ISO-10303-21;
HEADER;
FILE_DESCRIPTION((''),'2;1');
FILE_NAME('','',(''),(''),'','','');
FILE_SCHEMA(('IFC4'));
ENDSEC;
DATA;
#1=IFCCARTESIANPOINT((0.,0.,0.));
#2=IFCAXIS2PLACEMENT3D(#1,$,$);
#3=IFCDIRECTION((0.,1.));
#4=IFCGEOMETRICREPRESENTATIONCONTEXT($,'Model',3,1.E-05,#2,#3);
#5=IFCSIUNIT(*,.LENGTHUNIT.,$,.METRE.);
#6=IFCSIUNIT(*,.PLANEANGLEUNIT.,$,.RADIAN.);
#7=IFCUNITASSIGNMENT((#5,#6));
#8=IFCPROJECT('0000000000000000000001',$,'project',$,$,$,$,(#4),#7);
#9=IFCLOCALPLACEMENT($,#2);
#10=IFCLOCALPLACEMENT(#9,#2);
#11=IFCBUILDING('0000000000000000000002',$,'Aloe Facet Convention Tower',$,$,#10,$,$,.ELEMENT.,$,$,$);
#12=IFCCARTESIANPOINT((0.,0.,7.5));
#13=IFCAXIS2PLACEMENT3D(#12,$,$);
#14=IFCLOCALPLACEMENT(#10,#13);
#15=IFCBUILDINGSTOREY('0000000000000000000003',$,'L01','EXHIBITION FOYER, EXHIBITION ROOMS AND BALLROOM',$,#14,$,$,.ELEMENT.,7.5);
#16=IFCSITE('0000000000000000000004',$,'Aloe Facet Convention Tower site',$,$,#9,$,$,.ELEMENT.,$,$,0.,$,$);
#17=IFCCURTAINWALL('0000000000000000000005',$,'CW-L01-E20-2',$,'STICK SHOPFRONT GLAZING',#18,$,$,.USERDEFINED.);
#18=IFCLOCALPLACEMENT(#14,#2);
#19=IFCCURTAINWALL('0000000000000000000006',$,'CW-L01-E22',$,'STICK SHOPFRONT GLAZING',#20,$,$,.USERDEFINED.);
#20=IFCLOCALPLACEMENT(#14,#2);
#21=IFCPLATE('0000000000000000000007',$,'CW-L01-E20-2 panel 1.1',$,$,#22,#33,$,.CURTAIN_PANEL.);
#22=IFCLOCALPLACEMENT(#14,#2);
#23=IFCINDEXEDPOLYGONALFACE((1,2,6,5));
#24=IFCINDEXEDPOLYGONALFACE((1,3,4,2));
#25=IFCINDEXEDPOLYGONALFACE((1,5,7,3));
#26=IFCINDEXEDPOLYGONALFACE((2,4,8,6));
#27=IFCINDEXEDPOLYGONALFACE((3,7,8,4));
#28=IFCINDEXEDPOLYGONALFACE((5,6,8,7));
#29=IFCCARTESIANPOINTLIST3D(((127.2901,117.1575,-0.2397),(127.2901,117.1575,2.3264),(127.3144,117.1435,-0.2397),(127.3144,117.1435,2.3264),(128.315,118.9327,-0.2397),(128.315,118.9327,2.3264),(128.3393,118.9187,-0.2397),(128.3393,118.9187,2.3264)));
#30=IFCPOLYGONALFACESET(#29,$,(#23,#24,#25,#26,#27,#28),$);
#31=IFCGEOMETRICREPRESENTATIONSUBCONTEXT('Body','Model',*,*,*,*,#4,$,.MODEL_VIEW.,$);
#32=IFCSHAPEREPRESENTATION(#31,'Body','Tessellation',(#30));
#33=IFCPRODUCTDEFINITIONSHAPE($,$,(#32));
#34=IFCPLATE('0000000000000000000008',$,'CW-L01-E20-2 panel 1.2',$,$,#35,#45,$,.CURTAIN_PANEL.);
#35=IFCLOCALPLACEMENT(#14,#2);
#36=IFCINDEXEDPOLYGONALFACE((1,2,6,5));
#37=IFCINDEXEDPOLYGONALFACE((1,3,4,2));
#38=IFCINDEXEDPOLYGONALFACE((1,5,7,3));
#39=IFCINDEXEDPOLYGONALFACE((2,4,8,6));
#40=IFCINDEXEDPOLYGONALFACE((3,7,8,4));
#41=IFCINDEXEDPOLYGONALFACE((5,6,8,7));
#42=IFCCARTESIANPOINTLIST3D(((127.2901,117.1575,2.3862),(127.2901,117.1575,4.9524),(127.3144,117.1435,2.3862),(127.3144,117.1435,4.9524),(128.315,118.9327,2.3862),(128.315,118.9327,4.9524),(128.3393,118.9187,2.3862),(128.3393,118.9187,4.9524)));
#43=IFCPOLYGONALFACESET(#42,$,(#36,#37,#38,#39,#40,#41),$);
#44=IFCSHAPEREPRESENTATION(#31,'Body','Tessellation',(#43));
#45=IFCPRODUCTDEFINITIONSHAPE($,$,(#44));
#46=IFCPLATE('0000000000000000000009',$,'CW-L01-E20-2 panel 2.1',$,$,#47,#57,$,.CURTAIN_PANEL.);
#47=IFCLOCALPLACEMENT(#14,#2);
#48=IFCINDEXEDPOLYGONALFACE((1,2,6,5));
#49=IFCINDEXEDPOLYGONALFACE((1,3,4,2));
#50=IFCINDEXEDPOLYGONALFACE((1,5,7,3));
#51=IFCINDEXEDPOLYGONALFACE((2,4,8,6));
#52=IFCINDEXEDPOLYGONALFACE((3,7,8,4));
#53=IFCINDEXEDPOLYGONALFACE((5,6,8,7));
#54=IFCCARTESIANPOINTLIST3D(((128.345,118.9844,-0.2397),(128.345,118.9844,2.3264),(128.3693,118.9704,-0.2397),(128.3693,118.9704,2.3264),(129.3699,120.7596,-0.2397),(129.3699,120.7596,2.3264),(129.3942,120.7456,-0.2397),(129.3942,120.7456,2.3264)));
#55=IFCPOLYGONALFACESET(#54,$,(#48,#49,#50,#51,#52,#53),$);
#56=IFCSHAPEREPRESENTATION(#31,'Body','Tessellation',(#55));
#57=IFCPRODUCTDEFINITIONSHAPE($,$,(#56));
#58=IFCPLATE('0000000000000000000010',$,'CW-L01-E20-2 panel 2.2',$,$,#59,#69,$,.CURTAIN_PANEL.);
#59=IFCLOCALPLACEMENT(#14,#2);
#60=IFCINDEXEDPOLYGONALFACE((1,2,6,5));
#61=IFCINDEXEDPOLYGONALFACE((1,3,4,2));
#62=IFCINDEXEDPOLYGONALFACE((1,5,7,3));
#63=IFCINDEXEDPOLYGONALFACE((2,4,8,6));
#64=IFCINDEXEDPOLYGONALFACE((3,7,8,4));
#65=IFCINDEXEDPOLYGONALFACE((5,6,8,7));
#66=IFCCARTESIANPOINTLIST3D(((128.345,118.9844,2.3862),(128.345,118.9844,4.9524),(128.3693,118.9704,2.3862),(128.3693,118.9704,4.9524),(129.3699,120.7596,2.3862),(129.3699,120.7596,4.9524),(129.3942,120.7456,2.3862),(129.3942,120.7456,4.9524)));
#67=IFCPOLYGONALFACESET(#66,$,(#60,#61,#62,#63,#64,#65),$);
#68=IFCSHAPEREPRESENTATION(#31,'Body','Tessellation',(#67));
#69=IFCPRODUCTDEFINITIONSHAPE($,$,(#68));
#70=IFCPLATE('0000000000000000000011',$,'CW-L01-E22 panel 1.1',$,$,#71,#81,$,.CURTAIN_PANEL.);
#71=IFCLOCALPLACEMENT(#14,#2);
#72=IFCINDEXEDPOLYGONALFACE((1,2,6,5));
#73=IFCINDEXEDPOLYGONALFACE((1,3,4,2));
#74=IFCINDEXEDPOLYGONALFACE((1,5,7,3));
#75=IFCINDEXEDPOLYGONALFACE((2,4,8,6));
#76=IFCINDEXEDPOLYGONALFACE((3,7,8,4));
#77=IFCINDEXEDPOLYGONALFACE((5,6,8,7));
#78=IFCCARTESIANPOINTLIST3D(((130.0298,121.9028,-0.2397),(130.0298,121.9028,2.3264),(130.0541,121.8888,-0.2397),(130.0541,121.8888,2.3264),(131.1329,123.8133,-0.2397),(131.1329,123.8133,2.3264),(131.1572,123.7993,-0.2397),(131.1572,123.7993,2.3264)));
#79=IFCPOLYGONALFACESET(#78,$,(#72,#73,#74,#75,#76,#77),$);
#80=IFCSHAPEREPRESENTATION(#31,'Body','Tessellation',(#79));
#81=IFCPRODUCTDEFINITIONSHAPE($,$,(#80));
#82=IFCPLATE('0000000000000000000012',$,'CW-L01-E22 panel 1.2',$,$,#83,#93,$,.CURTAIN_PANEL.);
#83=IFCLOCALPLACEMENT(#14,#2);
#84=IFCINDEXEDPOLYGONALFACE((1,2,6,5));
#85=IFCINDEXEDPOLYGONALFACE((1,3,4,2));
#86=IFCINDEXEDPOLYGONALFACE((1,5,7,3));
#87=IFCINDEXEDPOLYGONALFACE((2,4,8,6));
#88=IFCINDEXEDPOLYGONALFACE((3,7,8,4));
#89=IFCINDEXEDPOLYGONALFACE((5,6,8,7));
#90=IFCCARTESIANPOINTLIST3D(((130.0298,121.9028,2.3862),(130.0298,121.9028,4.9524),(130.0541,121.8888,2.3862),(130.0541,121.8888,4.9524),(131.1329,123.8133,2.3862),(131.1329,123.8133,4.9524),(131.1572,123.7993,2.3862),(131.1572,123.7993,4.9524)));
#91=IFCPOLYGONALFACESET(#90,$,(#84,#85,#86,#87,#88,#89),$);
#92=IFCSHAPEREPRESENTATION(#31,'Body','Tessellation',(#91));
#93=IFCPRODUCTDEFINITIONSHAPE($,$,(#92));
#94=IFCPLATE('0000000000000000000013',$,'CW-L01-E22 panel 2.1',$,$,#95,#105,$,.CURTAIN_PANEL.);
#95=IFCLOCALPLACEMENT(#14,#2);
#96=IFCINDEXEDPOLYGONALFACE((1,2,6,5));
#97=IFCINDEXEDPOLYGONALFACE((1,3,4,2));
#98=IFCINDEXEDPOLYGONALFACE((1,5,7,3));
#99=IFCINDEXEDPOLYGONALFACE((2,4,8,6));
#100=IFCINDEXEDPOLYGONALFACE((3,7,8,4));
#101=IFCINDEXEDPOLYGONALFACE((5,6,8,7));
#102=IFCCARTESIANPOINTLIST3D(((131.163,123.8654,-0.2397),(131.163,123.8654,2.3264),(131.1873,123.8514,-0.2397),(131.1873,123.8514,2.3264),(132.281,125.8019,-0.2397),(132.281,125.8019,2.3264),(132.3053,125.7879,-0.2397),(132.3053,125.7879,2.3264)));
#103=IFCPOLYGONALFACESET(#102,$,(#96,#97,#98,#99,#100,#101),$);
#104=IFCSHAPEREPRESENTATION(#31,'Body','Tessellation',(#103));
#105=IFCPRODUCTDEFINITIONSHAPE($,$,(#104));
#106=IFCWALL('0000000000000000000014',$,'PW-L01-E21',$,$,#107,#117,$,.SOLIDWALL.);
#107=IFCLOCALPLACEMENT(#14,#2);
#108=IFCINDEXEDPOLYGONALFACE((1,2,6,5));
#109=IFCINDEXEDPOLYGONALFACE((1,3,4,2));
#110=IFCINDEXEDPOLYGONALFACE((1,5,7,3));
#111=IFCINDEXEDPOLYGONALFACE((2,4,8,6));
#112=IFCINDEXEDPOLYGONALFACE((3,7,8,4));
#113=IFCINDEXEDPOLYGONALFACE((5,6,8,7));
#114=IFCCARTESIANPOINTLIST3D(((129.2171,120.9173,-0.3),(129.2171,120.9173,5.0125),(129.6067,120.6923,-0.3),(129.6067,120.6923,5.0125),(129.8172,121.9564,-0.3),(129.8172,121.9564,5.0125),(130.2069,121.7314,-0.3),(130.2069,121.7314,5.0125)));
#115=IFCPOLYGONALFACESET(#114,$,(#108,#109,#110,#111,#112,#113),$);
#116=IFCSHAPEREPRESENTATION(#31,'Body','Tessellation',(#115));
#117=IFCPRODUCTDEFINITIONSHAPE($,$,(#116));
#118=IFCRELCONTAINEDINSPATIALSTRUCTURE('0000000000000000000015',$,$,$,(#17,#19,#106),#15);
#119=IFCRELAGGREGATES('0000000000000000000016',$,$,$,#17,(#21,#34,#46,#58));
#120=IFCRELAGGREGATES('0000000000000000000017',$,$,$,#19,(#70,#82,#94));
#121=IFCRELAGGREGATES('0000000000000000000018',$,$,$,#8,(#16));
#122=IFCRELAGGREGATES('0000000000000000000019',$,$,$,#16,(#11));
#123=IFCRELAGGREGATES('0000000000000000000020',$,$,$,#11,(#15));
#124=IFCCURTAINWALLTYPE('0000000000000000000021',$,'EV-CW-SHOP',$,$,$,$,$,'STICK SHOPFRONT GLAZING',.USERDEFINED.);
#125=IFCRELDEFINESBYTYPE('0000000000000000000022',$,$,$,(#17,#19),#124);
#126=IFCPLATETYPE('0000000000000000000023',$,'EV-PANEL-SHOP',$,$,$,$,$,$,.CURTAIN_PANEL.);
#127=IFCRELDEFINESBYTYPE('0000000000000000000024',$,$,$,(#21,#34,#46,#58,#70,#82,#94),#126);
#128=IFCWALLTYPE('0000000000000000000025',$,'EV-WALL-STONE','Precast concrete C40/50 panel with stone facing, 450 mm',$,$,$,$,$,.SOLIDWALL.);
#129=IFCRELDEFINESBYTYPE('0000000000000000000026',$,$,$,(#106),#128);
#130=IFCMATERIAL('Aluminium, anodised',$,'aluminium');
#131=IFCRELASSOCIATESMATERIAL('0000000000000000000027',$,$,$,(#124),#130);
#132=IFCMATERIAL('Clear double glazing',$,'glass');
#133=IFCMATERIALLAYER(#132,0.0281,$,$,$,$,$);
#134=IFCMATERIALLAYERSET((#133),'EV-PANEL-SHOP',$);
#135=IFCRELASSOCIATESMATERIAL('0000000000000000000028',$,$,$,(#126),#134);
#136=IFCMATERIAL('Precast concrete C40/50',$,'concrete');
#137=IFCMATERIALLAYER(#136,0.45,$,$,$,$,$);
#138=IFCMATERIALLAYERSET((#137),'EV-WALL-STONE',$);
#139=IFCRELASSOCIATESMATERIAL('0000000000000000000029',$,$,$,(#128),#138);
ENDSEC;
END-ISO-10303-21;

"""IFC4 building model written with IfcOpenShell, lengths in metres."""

from ifc_helpers import new_model, si_unit, direction, frame, frame_2d, origin, origin_2d, place, context, subcontext, project, spatial, rectangle, extrude, material, layer, layer_set, type_object, element, aggregate, save


model = new_model("IFC4")

# Units and contexts
model_context = context("Model", 3, precision=1e-05, world=origin(), true_north=direction((0.0, 1.0)))
body_context = subcontext(model_context, "Body", "Model", "MODEL_VIEW")
ifc_project = project(units=[si_unit("LENGTHUNIT", "METRE"), si_unit("PLANEANGLEUNIT", "RADIAN")], contexts=[model_context])

# Site, building, storey
site_placement = place(None, origin())
site = spatial("IfcSite", under=ifc_project, at=site_placement, Name="Aloe Facet Convention Tower site", CompositionType="ELEMENT", RefElevation=0.0)
building_placement = place(site_placement, origin())
building = spatial("IfcBuilding", under=site, at=building_placement, Name="Aloe Facet Convention Tower", CompositionType="ELEMENT")
storey_placement = place(building_placement, frame((0.0, 0.0, 7.5)))
storey = spatial("IfcBuildingStorey", under=building, at=storey_placement, Name="L01", Description="EXHIBITION FOYER, EXHIBITION ROOMS AND BALLROOM", CompositionType="ELEMENT", Elevation=7.5)

# Curtain walls
ifc_material_1 = material(Name="Aluminium, anodised", Category="aluminium")
curtain_wall_type = type_object("IfcCurtainWallType", Name="EV-CW-SHOP", ElementType="STICK SHOPFRONT GLAZING", PredefinedType="USERDEFINED", material=ifc_material_1)
curtain_wall_1_placement = place(storey_placement, origin())
curtain_wall_1 = element("IfcCurtainWall", 1, at=curtain_wall_1_placement, inside=storey, type_object=curtain_wall_type, Name="CW-L01-E20-2", ObjectType="STICK SHOPFRONT GLAZING", PredefinedType="USERDEFINED")
curtain_wall_2_placement = place(storey_placement, origin())
curtain_wall_2 = element("IfcCurtainWall", 2, at=curtain_wall_2_placement, inside=storey, type_object=curtain_wall_type, Name="CW-L01-E22", ObjectType="STICK SHOPFRONT GLAZING", PredefinedType="USERDEFINED")

# Plates
ifc_material_2 = material(Name="Clear double glazing", Category="glass")
ifc_layer_1 = layer(ifc_material_2, 0.0281)
ifc_layer_set_1 = layer_set([ifc_layer_1], Name="EV-PANEL-SHOP")
plate_type = type_object("IfcPlateType", Name="EV-PANEL-SHOP", PredefinedType="CURTAIN_PANEL", material=ifc_layer_set_1)
plate_1_placement = place(storey_placement, frame((127.8147, 118.0381, -0.2397), z_axis=(0.0, 0.0, 1.0), x_axis=(0.5, 0.866025, 0.0)))
plate_1 = element("IfcPlate", 3, at=plate_1_placement, type_object=plate_type, Name="CW-L01-E20-2 panel 1.1", PredefinedType="CURTAIN_PANEL", context=body_context, shape_type="SweptSolid", body=[
    extrude(rectangle(XDim=2.0498, YDim=0.0281, at=origin_2d()), origin(), (0.0, 0.0, 1.0), 2.5662),
])
plate_2_placement = place(storey_placement, frame((127.8147, 118.0381, 2.3862), z_axis=(0.0, 0.0, 1.0), x_axis=(0.5, 0.866025, 0.0)))
plate_2 = element("IfcPlate", 4, at=plate_2_placement, type_object=plate_type, Name="CW-L01-E20-2 panel 1.2", PredefinedType="CURTAIN_PANEL", context=body_context, shape_type="SweptSolid", body=[
    extrude(rectangle(XDim=2.0498, YDim=0.0281, at=origin_2d()), origin(), (0.0, 0.0, 1.0), 2.5662),
])
plate_3_placement = place(storey_placement, frame((128.8696, 119.865, -0.2397), z_axis=(0.0, 0.0, 1.0), x_axis=(0.5, 0.866025, 0.0)))
plate_3 = element("IfcPlate", 5, at=plate_3_placement, type_object=plate_type, Name="CW-L01-E20-2 panel 2.1", PredefinedType="CURTAIN_PANEL", context=body_context, shape_type="SweptSolid", body=[
    extrude(rectangle(XDim=2.0498, YDim=0.0281, at=origin_2d()), origin(), (0.0, 0.0, 1.0), 2.5662),
])
plate_4_placement = place(storey_placement, frame((128.8696, 119.865, 2.3862), z_axis=(0.0, 0.0, 1.0), x_axis=(0.5, 0.866025, 0.0)))
plate_4 = element("IfcPlate", 6, at=plate_4_placement, type_object=plate_type, Name="CW-L01-E20-2 panel 2.2", PredefinedType="CURTAIN_PANEL", context=body_context, shape_type="SweptSolid", body=[
    extrude(rectangle(XDim=2.0498, YDim=0.0281, at=origin_2d()), origin(), (0.0, 0.0, 1.0), 2.5662),
])
aggregate(curtain_wall_1, [plate_1, plate_2, plate_3, plate_4])
plate_5_placement = place(storey_placement, frame((130.5935, 122.8511, -0.2397), z_axis=(0.0, 0.0, 1.0), x_axis=(0.5, 0.866025, 0.0)))
plate_5 = element("IfcPlate", 7, at=plate_5_placement, type_object=plate_type, Name="CW-L01-E22 panel 1.1", PredefinedType="CURTAIN_PANEL", context=body_context, shape_type="SweptSolid", body=[
    extrude(rectangle(XDim=2.2061, YDim=0.0281, at=origin_2d()), origin(), (0.0, 0.0, 1.0), 2.5662),
])
plate_6_placement = place(storey_placement, frame((130.5935, 122.8511, 2.3862), z_axis=(0.0, 0.0, 1.0), x_axis=(0.5, 0.866025, 0.0)))
plate_6 = element("IfcPlate", 8, at=plate_6_placement, type_object=plate_type, Name="CW-L01-E22 panel 1.2", PredefinedType="CURTAIN_PANEL", context=body_context, shape_type="SweptSolid", body=[
    extrude(rectangle(XDim=2.2061, YDim=0.0281, at=origin_2d()), origin(), (0.0, 0.0, 1.0), 2.5662),
])
plate_7_placement = place(storey_placement, frame((131.7341, 124.8267, -0.2397), z_axis=(0.0, 0.0, 1.0), x_axis=(0.5, 0.866025, 0.0)))
plate_7 = element("IfcPlate", 9, at=plate_7_placement, type_object=plate_type, Name="CW-L01-E22 panel 2.1", PredefinedType="CURTAIN_PANEL", context=body_context, shape_type="SweptSolid", body=[
    extrude(rectangle(XDim=2.2361, YDim=0.0281, at=origin_2d()), origin(), (0.0, 0.0, 1.0), 2.5662),
])
aggregate(curtain_wall_2, [plate_5, plate_6, plate_7])

# Wall
ifc_material_3 = material(Name="Precast concrete C40/50", Category="concrete")
ifc_layer_2 = layer(ifc_material_3, 0.45)
ifc_layer_set_2 = layer_set([ifc_layer_2], Name="EV-WALL-STONE")
wall_type = type_object("IfcWallType", Name="EV-WALL-STONE", Description="Precast concrete C40/50 panel with stone facing, 450 mm", PredefinedType="SOLIDWALL", material=ifc_layer_set_2)
wall_placement = place(storey_placement, frame((129.4119, 120.8047, -0.3), z_axis=(0.0, 0.0, 1.0), x_axis=(0.500122, 0.865955, 0.0)))
element("IfcWall", 10, at=wall_placement, inside=storey, type_object=wall_type, Name="PW-L01-E21", PredefinedType="SOLIDWALL", context=body_context, shape_type="SweptSolid", body=[
    extrude(rectangle(XDim=1.2, YDim=0.45, at=frame_2d((0.6001, 0.0))), origin(), (0.0, 0.0, 1.0), 5.3125),
])

save(model, "model.ifc")
